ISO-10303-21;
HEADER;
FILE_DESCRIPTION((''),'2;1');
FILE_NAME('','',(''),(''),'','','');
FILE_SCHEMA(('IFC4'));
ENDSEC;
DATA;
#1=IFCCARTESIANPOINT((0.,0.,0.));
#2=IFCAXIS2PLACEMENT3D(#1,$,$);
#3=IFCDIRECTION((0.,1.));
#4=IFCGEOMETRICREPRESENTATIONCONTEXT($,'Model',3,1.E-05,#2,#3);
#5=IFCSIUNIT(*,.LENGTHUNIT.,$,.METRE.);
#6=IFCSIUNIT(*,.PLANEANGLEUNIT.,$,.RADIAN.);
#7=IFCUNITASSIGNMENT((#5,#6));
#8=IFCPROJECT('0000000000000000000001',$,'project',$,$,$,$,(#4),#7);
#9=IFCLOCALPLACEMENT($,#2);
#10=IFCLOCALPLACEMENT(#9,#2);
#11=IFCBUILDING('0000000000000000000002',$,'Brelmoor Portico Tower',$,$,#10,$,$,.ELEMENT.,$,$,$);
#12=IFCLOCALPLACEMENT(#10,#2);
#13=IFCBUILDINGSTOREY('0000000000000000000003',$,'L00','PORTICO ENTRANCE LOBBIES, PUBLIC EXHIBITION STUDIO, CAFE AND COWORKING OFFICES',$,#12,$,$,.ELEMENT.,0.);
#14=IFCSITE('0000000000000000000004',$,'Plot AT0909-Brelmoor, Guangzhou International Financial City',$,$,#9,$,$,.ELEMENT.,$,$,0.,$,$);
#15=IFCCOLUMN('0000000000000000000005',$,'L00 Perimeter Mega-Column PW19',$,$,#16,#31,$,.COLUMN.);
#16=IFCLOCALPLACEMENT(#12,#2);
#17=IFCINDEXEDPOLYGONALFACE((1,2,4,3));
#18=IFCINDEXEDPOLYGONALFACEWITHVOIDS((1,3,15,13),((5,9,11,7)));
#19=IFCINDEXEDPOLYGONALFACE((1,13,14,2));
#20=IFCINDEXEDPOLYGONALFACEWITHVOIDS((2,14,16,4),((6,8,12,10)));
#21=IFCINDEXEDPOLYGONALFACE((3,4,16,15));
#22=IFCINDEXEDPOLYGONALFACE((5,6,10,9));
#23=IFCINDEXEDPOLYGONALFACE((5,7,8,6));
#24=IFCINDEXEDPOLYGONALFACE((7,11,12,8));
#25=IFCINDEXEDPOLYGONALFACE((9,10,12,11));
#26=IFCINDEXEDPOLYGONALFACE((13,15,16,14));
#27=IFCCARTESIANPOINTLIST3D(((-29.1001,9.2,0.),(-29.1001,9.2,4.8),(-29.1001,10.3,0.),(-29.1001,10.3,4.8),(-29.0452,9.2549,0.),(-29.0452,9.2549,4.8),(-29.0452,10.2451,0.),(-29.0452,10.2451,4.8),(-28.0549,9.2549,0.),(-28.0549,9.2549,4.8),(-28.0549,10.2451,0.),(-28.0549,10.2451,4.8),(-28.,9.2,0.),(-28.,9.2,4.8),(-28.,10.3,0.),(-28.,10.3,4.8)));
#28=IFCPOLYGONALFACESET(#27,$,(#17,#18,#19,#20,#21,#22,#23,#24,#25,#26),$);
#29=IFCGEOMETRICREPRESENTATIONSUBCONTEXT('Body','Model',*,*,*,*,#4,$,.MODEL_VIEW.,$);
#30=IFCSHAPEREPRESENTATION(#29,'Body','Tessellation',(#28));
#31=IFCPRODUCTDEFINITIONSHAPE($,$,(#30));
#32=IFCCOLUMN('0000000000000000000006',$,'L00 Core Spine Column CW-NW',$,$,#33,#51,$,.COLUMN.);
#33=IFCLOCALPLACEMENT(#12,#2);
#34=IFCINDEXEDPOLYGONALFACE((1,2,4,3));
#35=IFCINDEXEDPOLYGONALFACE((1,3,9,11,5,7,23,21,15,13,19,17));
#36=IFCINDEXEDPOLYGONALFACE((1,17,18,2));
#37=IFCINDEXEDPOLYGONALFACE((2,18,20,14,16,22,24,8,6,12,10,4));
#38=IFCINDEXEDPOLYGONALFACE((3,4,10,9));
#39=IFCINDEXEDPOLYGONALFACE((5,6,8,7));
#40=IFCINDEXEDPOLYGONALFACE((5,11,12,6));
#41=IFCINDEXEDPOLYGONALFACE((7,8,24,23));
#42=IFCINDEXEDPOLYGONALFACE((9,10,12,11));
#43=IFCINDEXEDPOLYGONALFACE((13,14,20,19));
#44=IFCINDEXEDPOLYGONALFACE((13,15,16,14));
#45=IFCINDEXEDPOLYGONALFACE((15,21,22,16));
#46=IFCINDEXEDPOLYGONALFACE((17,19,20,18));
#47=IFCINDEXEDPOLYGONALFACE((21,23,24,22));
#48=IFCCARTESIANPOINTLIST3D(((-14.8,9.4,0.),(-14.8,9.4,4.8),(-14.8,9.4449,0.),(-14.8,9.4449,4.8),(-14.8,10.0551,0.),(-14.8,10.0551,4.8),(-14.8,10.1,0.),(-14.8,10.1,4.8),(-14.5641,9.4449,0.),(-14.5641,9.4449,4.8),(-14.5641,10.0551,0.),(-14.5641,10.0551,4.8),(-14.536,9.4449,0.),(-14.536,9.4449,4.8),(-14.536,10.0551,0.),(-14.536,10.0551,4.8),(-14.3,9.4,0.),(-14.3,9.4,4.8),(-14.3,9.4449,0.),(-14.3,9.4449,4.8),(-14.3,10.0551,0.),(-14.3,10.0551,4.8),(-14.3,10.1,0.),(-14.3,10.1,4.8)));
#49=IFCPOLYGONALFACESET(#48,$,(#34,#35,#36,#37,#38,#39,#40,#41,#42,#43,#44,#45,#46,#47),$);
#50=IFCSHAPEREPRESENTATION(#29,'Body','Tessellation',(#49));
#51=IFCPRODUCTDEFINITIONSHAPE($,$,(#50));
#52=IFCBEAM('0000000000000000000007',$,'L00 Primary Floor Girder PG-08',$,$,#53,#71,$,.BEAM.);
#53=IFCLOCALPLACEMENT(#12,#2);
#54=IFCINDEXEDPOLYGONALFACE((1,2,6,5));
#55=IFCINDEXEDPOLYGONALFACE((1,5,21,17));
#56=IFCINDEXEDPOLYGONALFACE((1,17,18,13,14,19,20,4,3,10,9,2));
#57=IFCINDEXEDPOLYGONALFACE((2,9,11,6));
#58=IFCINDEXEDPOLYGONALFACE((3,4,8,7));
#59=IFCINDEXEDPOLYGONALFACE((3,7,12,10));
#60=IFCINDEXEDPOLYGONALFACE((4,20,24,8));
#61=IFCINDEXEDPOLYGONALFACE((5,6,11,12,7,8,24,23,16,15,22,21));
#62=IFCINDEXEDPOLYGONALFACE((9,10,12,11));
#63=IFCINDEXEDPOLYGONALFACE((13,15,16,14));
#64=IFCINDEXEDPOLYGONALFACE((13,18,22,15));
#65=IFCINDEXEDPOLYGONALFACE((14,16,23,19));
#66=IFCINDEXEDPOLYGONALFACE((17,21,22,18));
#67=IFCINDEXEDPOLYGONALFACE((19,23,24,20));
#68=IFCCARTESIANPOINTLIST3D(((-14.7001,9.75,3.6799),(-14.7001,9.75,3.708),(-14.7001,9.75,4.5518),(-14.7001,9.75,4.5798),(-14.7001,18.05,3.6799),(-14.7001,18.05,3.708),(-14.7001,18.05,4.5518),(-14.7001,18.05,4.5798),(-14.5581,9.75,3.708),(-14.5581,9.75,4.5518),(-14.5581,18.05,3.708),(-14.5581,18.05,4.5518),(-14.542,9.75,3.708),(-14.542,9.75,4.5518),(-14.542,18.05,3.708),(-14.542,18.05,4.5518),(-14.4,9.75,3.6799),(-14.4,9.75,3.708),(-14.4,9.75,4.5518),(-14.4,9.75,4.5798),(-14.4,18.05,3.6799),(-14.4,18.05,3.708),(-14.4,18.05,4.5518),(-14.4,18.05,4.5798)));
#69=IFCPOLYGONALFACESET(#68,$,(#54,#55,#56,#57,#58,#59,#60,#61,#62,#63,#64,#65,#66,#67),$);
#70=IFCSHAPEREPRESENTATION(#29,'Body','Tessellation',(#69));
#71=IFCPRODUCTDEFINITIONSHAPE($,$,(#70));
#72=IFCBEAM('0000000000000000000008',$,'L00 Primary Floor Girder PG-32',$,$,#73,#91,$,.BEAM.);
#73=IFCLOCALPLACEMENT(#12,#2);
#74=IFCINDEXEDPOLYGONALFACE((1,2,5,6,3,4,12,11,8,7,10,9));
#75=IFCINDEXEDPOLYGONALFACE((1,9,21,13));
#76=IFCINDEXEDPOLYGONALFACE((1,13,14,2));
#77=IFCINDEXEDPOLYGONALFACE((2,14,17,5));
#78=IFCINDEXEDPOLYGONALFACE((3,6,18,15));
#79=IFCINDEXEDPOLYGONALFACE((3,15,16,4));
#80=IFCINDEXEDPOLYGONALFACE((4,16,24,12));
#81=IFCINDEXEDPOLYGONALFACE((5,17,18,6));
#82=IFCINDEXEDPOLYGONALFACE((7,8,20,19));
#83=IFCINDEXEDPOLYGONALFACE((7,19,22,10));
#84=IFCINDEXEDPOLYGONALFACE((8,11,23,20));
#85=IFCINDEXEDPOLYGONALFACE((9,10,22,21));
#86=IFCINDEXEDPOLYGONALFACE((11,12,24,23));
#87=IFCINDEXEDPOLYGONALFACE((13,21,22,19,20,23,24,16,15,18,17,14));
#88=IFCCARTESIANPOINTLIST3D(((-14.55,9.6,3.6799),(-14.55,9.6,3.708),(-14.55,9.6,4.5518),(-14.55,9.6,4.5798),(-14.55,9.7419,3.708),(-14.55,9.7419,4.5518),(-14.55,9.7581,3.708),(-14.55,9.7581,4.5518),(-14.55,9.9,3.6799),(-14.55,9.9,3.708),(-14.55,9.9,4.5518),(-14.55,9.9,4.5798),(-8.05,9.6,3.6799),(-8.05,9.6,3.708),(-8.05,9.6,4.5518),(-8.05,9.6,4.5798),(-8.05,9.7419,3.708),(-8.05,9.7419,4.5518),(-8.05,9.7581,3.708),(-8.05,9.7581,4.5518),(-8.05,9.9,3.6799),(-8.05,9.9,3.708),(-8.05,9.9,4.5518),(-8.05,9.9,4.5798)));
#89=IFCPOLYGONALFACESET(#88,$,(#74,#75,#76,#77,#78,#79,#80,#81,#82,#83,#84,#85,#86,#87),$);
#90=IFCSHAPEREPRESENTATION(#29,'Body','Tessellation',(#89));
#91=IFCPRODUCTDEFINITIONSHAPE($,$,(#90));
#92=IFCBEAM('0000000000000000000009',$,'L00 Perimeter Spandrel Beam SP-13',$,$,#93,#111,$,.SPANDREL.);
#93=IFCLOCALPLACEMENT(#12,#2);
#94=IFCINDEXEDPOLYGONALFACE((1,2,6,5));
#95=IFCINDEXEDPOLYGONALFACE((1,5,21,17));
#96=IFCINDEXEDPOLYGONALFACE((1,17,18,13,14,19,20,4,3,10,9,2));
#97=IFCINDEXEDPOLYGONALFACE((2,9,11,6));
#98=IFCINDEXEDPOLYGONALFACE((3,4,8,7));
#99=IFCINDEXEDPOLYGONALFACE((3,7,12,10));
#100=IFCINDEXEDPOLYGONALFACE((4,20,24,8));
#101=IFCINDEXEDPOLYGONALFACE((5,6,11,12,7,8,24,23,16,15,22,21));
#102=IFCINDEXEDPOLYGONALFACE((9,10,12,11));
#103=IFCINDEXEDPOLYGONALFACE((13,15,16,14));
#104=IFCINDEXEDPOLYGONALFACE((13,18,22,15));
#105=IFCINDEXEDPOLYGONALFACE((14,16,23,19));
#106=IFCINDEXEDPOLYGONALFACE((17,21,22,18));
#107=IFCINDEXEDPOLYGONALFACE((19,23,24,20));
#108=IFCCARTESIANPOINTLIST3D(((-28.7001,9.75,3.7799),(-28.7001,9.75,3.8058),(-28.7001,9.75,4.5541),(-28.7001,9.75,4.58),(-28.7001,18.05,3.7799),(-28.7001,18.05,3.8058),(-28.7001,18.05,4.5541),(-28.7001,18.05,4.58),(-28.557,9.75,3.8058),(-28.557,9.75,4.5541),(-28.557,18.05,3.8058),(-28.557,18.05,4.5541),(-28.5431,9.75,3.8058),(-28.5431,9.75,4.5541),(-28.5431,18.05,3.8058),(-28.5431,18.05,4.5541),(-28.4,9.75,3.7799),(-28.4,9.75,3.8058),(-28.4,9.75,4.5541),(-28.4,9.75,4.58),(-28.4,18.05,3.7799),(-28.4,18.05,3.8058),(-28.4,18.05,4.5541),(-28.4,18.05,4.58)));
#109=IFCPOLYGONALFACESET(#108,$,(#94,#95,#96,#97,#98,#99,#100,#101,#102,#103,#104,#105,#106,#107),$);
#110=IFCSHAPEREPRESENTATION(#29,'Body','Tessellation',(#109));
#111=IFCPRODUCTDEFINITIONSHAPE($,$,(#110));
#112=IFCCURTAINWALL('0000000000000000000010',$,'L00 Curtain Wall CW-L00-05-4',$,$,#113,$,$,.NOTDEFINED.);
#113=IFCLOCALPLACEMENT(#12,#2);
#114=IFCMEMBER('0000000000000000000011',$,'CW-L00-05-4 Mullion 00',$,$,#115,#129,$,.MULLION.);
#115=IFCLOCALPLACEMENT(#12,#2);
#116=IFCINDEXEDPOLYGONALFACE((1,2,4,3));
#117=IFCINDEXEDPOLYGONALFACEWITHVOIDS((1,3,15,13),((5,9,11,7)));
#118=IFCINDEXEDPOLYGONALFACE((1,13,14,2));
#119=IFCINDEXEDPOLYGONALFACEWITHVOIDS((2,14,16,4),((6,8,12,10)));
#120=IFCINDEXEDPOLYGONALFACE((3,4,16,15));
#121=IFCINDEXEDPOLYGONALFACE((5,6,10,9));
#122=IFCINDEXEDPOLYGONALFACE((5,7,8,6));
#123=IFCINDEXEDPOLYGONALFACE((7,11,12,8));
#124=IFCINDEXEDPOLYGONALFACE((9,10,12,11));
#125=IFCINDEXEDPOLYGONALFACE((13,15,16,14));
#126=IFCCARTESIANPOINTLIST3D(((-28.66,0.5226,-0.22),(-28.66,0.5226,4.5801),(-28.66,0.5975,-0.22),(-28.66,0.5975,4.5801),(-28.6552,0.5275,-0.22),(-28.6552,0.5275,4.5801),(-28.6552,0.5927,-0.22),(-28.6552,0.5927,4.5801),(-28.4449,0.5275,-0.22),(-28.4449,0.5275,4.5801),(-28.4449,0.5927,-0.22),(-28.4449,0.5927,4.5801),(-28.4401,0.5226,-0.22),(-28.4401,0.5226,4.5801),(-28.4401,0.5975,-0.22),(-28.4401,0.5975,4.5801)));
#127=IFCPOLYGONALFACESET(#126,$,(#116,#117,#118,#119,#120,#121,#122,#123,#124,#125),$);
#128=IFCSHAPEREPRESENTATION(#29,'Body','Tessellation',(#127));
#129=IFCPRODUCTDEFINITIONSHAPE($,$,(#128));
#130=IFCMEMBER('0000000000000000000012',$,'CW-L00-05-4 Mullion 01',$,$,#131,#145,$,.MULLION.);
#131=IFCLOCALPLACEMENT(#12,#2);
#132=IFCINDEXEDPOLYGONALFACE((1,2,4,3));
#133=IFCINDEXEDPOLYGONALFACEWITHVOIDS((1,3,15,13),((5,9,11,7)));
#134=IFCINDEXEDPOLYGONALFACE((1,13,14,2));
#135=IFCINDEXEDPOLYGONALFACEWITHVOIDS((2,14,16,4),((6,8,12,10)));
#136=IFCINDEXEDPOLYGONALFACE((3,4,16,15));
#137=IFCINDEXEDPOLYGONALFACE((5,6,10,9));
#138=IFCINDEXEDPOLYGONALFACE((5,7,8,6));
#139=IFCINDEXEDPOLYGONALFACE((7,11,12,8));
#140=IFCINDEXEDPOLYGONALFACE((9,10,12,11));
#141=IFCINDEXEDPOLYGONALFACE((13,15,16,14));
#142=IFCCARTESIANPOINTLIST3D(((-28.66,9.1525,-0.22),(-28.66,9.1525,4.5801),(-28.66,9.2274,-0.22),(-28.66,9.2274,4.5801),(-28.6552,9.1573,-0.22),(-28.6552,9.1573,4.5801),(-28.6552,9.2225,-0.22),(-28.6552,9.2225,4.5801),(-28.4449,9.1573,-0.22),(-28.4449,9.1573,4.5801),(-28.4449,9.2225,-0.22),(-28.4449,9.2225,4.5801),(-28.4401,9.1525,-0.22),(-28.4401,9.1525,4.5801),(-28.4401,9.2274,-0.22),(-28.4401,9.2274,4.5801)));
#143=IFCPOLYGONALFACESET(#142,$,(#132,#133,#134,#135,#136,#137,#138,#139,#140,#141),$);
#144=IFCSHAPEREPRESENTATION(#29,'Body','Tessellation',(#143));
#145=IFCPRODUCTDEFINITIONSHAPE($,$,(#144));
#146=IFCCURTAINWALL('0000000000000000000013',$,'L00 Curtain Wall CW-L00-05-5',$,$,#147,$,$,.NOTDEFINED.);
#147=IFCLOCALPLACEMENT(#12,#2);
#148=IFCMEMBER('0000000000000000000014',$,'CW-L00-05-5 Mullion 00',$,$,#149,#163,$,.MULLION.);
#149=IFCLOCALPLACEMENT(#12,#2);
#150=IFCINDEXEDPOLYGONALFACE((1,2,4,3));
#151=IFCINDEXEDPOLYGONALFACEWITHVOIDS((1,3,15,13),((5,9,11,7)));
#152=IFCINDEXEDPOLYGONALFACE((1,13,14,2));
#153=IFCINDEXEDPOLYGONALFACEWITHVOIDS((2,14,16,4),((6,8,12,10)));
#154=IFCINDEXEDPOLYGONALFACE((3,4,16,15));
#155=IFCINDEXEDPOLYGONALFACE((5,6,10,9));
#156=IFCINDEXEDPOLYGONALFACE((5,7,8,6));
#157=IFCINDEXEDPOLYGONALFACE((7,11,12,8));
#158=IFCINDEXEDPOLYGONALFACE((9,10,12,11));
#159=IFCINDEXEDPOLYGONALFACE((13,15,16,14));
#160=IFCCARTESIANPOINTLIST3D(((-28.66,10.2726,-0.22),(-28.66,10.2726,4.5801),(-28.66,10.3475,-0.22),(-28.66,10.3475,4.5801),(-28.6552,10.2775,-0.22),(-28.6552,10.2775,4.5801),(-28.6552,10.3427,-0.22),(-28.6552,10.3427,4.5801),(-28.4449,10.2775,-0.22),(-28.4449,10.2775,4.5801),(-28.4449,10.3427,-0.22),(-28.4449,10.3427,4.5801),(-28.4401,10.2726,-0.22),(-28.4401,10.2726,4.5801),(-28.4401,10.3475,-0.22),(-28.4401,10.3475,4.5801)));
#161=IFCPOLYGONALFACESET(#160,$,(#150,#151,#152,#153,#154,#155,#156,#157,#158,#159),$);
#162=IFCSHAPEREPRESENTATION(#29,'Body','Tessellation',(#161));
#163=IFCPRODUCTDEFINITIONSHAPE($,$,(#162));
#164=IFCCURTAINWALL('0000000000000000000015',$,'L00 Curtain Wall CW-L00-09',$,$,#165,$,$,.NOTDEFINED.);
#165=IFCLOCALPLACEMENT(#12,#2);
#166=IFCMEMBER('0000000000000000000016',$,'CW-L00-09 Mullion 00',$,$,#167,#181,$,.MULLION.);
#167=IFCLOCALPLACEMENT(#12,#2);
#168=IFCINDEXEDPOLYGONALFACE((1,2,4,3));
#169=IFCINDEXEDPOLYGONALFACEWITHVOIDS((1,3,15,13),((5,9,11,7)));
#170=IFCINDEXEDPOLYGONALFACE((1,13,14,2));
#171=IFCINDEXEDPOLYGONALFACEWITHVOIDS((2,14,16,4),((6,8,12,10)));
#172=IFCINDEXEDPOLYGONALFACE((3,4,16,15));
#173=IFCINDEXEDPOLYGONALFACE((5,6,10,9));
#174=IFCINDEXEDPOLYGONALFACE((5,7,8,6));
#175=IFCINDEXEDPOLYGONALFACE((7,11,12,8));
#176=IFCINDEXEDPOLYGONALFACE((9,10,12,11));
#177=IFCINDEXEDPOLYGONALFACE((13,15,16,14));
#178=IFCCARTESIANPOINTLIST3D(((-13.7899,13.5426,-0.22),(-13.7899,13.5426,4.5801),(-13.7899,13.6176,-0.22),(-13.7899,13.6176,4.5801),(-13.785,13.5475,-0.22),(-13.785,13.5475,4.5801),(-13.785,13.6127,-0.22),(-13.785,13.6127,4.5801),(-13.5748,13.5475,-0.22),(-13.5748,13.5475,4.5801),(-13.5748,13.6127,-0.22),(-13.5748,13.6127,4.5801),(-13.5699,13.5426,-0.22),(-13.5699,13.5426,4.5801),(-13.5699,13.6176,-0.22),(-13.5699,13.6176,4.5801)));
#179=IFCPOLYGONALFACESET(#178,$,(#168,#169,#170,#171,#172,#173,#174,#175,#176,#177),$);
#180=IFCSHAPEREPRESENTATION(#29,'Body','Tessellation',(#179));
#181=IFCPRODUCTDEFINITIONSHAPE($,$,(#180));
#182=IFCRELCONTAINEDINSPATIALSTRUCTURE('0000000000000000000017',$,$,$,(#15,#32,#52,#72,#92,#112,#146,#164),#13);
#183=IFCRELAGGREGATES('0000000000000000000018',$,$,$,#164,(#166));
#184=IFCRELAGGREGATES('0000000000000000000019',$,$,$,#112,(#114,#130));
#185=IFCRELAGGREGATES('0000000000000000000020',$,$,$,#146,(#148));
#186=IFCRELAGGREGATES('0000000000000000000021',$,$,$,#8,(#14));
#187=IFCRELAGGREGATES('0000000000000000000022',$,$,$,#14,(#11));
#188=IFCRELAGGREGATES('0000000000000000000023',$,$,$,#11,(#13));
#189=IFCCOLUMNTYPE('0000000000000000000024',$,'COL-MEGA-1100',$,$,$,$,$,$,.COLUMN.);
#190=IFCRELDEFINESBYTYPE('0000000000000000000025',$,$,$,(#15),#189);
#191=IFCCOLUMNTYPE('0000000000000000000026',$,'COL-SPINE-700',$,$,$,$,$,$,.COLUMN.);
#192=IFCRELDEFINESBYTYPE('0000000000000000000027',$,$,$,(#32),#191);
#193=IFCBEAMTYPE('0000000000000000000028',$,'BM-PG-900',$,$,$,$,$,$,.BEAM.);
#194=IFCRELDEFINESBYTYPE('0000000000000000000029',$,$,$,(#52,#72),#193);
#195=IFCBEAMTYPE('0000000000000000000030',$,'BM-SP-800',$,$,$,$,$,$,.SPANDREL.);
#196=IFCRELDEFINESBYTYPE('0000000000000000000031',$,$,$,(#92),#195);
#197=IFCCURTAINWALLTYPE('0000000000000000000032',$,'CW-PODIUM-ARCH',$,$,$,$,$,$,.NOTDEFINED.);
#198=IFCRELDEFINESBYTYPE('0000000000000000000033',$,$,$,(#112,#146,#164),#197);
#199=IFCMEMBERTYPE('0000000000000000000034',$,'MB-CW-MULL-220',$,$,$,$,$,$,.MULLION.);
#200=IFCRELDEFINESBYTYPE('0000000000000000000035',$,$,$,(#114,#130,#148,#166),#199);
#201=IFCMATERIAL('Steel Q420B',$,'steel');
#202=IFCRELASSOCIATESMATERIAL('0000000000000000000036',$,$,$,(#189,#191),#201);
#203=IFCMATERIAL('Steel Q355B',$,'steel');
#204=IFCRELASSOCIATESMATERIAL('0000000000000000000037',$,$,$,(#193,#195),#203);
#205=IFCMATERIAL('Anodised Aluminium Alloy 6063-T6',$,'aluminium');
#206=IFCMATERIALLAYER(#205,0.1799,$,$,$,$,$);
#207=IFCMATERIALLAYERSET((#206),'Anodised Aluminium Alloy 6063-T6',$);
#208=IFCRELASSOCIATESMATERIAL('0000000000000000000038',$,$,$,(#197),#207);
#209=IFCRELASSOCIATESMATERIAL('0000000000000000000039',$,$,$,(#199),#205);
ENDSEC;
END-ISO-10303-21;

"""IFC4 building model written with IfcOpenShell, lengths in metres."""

from ifc_helpers import new_model, si_unit, direction, frame, origin, origin_2d, place, context, subcontext, project, spatial, hollow_rectangle, i_section, extrude, material, layer, layer_set, material_profile, profile_set, type_object, element, aggregate, save


model = new_model("IFC4")

# Units and contexts
model_context = context("Model", 3, precision=1e-05, world=origin(), true_north=direction((0.0, 1.0)))
body_context = subcontext(model_context, "Body", "Model", "MODEL_VIEW")
ifc_project = project(units=[si_unit("LENGTHUNIT", "METRE"), si_unit("PLANEANGLEUNIT", "RADIAN")], contexts=[model_context])

# Site, building, storey
site_placement = place(None, origin())
site = spatial("IfcSite", under=ifc_project, at=site_placement, Name="Plot AT0909-Brelmoor, Guangzhou International Financial City", CompositionType="ELEMENT", RefElevation=0.0)
building_placement = place(site_placement, origin())
building = spatial("IfcBuilding", under=site, at=building_placement, Name="Brelmoor Portico Tower", CompositionType="ELEMENT")
storey_placement = place(building_placement, origin())
storey = spatial("IfcBuildingStorey", under=building, at=storey_placement, Name="L00", Description="PORTICO ENTRANCE LOBBIES, PUBLIC EXHIBITION STUDIO, CAFE AND COWORKING OFFICES", CompositionType="ELEMENT", Elevation=0.0)

# Columns
ifc_material_1 = material(Name="Steel Q420B", Category="steel")
ifc_material_profile_1 = material_profile(ifc_material_1, hollow_rectangle(XDim=1.1001, YDim=1.1001, WallThickness=0.0549, at=origin_2d()), Name="BOX 1100x1100x55")
ifc_profile_set_1 = profile_set([ifc_material_profile_1], Name="Steel Q420B")
column_type_1 = type_object("IfcColumnType", Name="COL-MEGA-1100", PredefinedType="COLUMN", material=ifc_profile_set_1)
column_1_placement = place(storey_placement, frame((-28.55, 9.75, 0.0), z_axis=(0.0, 0.0, 1.0), x_axis=(0.0, 1.0, 0.0)))
element("IfcColumn", 1, at=column_1_placement, inside=storey, type_object=column_type_1, Name="L00 Perimeter Mega-Column PW19", PredefinedType="COLUMN", context=body_context, shape_type="SweptSolid", body=[
    extrude(hollow_rectangle(XDim=1.1001, YDim=1.1001, WallThickness=0.0549, at=origin_2d()), origin(), (0.0, 0.0, 1.0), 4.8),
])
ifc_material_profile_2 = material_profile(ifc_material_1, i_section(OverallWidth=0.5, OverallDepth=0.7, WebThickness=0.0281, FlangeThickness=0.0449, at=origin_2d()), Name="HW 700x500x28x45")
ifc_profile_set_2 = profile_set([ifc_material_profile_2], Name="Steel Q420B")
column_type_2 = type_object("IfcColumnType", Name="COL-SPINE-700", PredefinedType="COLUMN", material=ifc_profile_set_2)
column_2_placement = place(storey_placement, frame((-14.55, 9.75, 0.0), z_axis=(0.0, 0.0, 1.0), x_axis=(1.0, 0.0, 0.0)))
element("IfcColumn", 2, at=column_2_placement, inside=storey, type_object=column_type_2, Name="L00 Core Spine Column CW-NW", PredefinedType="COLUMN", context=body_context, shape_type="SweptSolid", body=[
    extrude(i_section(OverallWidth=0.5, OverallDepth=0.7, WebThickness=0.0281, FlangeThickness=0.0449, at=origin_2d()), origin(), (0.0, 0.0, 1.0), 4.8),
])

# Beams
ifc_material_2 = material(Name="Steel Q355B", Category="steel")
ifc_material_profile_3 = material_profile(ifc_material_2, i_section(OverallWidth=0.3, OverallDepth=0.8999, WebThickness=0.0161, FlangeThickness=0.0281, at=origin_2d()), Name="HN 900x300x16x28")
ifc_profile_set_3 = profile_set([ifc_material_profile_3], Name="Steel Q355B")
beam_type_1 = type_object("IfcBeamType", Name="BM-PG-900", PredefinedType="BEAM", material=ifc_profile_set_3)
beam_1_placement = place(storey_placement, frame((-14.55, 9.75, 4.1299), z_axis=(0.0, 1.0, 0.0), x_axis=(-1.0, 0.0, 0.0)))
element("IfcBeam", 3, at=beam_1_placement, inside=storey, type_object=beam_type_1, Name="L00 Primary Floor Girder PG-08", PredefinedType="BEAM", context=body_context, shape_type="SweptSolid", body=[
    extrude(i_section(OverallWidth=0.3, OverallDepth=0.8999, WebThickness=0.0161, FlangeThickness=0.0281, at=origin_2d()), origin(), (0.0, 0.0, 1.0), 8.3),
])
beam_2_placement = place(storey_placement, frame((-14.55, 9.75, 4.1299), z_axis=(1.0, 0.0, 0.0), x_axis=(0.0, 1.0, 0.0)))
element("IfcBeam", 4, at=beam_2_placement, inside=storey, type_object=beam_type_1, Name="L00 Primary Floor Girder PG-32", PredefinedType="BEAM", context=body_context, shape_type="SweptSolid", body=[
    extrude(i_section(OverallWidth=0.3, OverallDepth=0.8999, WebThickness=0.0161, FlangeThickness=0.0281, at=origin_2d()), origin(), (0.0, 0.0, 1.0), 6.5),
])
ifc_material_profile_4 = material_profile(ifc_material_2, i_section(OverallWidth=0.3, OverallDepth=0.8, WebThickness=0.0139, FlangeThickness=0.0259, at=origin_2d()), Name="HN 800x300x14x26")
ifc_profile_set_4 = profile_set([ifc_material_profile_4], Name="Steel Q355B")
beam_type_2 = type_object("IfcBeamType", Name="BM-SP-800", PredefinedType="SPANDREL", material=ifc_profile_set_4)
beam_3_placement = place(storey_placement, frame((-28.55, 9.75, 4.1799), z_axis=(0.0, 1.0, 0.0), x_axis=(-1.0, 0.0, 0.0)))
element("IfcBeam", 5, at=beam_3_placement, inside=storey, type_object=beam_type_2, Name="L00 Perimeter Spandrel Beam SP-13", PredefinedType="SPANDREL", context=body_context, shape_type="SweptSolid", body=[
    extrude(i_section(OverallWidth=0.3, OverallDepth=0.8, WebThickness=0.0139, FlangeThickness=0.0259, at=origin_2d()), origin(), (0.0, 0.0, 1.0), 8.3),
])

# Curtain wall, members
ifc_material_3 = material(Name="Anodised Aluminium Alloy 6063-T6", Category="aluminium")
ifc_layer_1 = layer(ifc_material_3, 0.1799)
ifc_layer_set_1 = layer_set([ifc_layer_1], Name="Anodised Aluminium Alloy 6063-T6")
curtain_wall_type = type_object("IfcCurtainWallType", Name="CW-PODIUM-ARCH", PredefinedType="NOTDEFINED", material=ifc_layer_set_1)
curtain_wall_1_placement = place(storey_placement, origin())
curtain_wall_1 = element("IfcCurtainWall", 6, at=curtain_wall_1_placement, inside=storey, type_object=curtain_wall_type, Name="L00 Curtain Wall CW-L00-05-4", PredefinedType="NOTDEFINED")
ifc_material_profile_5 = material_profile(ifc_material_3, hollow_rectangle(XDim=0.075, YDim=0.22, WallThickness=0.0049, at=origin_2d()), Name="ALU MULLION 75x220")
ifc_profile_set_5 = profile_set([ifc_material_profile_5], Name="Anodised Aluminium Alloy 6063-T6")
member_type_1 = type_object("IfcMemberType", Name="MB-CW-MULL-220", PredefinedType="MULLION", material=ifc_profile_set_5)
member_1_placement = place(storey_placement, frame((-28.55, 0.5601, -0.22), z_axis=(0.0, 0.0, 1.0), x_axis=(0.0, 1.0, 0.0)))
member_1 = element("IfcMember", 7, at=member_1_placement, type_object=member_type_1, Name="CW-L00-05-4 Mullion 00", PredefinedType="MULLION", context=body_context, shape_type="SweptSolid", body=[
    extrude(hollow_rectangle(XDim=0.075, YDim=0.22, WallThickness=0.0049, at=origin_2d()), origin(), (0.0, 0.0, 1.0), 4.8),
])
member_2_placement = place(storey_placement, frame((-28.55, 9.1899, -0.22), z_axis=(0.0, 0.0, 1.0), x_axis=(0.0, 1.0, 0.0)))
member_2 = element("IfcMember", 8, at=member_2_placement, type_object=member_type_1, Name="CW-L00-05-4 Mullion 01", PredefinedType="MULLION", context=body_context, shape_type="SweptSolid", body=[
    extrude(hollow_rectangle(XDim=0.075, YDim=0.22, WallThickness=0.0049, at=origin_2d()), origin(), (0.0, 0.0, 1.0), 4.8),
])

# Curtain walls, members
curtain_wall_2_placement = place(storey_placement, origin())
curtain_wall_2 = element("IfcCurtainWall", 9, at=curtain_wall_2_placement, inside=storey, type_object=curtain_wall_type, Name="L00 Curtain Wall CW-L00-05-5", PredefinedType="NOTDEFINED")
member_3_placement = place(storey_placement, frame((-28.55, 10.3101, -0.22), z_axis=(0.0, 0.0, 1.0), x_axis=(0.0, 1.0, 0.0)))
member_3 = element("IfcMember", 10, at=member_3_placement, type_object=member_type_1, Name="CW-L00-05-5 Mullion 00", PredefinedType="MULLION", context=body_context, shape_type="SweptSolid", body=[
    extrude(hollow_rectangle(XDim=0.075, YDim=0.22, WallThickness=0.0049, at=origin_2d()), origin(), (0.0, 0.0, 1.0), 4.8),
])
curtain_wall_3_placement = place(storey_placement, origin())
curtain_wall_3 = element("IfcCurtainWall", 11, at=curtain_wall_3_placement, inside=storey, type_object=curtain_wall_type, Name="L00 Curtain Wall CW-L00-09", PredefinedType="NOTDEFINED")
member_4_placement = place(storey_placement, frame((-13.6799, 13.5801, -0.22), z_axis=(0.0, 0.0, 1.0), x_axis=(0.0, 1.0, 0.0)))
member_4 = element("IfcMember", 12, at=member_4_placement, type_object=member_type_1, Name="CW-L00-09 Mullion 00", PredefinedType="MULLION", context=body_context, shape_type="SweptSolid", body=[
    extrude(hollow_rectangle(XDim=0.075, YDim=0.22, WallThickness=0.0049, at=origin_2d()), origin(), (0.0, 0.0, 1.0), 4.8),
])

aggregate(curtain_wall_3, [member_4])

aggregate(curtain_wall_1, [member_1, member_2])
aggregate(curtain_wall_2, [member_3])

save(model, "model.ifc")
